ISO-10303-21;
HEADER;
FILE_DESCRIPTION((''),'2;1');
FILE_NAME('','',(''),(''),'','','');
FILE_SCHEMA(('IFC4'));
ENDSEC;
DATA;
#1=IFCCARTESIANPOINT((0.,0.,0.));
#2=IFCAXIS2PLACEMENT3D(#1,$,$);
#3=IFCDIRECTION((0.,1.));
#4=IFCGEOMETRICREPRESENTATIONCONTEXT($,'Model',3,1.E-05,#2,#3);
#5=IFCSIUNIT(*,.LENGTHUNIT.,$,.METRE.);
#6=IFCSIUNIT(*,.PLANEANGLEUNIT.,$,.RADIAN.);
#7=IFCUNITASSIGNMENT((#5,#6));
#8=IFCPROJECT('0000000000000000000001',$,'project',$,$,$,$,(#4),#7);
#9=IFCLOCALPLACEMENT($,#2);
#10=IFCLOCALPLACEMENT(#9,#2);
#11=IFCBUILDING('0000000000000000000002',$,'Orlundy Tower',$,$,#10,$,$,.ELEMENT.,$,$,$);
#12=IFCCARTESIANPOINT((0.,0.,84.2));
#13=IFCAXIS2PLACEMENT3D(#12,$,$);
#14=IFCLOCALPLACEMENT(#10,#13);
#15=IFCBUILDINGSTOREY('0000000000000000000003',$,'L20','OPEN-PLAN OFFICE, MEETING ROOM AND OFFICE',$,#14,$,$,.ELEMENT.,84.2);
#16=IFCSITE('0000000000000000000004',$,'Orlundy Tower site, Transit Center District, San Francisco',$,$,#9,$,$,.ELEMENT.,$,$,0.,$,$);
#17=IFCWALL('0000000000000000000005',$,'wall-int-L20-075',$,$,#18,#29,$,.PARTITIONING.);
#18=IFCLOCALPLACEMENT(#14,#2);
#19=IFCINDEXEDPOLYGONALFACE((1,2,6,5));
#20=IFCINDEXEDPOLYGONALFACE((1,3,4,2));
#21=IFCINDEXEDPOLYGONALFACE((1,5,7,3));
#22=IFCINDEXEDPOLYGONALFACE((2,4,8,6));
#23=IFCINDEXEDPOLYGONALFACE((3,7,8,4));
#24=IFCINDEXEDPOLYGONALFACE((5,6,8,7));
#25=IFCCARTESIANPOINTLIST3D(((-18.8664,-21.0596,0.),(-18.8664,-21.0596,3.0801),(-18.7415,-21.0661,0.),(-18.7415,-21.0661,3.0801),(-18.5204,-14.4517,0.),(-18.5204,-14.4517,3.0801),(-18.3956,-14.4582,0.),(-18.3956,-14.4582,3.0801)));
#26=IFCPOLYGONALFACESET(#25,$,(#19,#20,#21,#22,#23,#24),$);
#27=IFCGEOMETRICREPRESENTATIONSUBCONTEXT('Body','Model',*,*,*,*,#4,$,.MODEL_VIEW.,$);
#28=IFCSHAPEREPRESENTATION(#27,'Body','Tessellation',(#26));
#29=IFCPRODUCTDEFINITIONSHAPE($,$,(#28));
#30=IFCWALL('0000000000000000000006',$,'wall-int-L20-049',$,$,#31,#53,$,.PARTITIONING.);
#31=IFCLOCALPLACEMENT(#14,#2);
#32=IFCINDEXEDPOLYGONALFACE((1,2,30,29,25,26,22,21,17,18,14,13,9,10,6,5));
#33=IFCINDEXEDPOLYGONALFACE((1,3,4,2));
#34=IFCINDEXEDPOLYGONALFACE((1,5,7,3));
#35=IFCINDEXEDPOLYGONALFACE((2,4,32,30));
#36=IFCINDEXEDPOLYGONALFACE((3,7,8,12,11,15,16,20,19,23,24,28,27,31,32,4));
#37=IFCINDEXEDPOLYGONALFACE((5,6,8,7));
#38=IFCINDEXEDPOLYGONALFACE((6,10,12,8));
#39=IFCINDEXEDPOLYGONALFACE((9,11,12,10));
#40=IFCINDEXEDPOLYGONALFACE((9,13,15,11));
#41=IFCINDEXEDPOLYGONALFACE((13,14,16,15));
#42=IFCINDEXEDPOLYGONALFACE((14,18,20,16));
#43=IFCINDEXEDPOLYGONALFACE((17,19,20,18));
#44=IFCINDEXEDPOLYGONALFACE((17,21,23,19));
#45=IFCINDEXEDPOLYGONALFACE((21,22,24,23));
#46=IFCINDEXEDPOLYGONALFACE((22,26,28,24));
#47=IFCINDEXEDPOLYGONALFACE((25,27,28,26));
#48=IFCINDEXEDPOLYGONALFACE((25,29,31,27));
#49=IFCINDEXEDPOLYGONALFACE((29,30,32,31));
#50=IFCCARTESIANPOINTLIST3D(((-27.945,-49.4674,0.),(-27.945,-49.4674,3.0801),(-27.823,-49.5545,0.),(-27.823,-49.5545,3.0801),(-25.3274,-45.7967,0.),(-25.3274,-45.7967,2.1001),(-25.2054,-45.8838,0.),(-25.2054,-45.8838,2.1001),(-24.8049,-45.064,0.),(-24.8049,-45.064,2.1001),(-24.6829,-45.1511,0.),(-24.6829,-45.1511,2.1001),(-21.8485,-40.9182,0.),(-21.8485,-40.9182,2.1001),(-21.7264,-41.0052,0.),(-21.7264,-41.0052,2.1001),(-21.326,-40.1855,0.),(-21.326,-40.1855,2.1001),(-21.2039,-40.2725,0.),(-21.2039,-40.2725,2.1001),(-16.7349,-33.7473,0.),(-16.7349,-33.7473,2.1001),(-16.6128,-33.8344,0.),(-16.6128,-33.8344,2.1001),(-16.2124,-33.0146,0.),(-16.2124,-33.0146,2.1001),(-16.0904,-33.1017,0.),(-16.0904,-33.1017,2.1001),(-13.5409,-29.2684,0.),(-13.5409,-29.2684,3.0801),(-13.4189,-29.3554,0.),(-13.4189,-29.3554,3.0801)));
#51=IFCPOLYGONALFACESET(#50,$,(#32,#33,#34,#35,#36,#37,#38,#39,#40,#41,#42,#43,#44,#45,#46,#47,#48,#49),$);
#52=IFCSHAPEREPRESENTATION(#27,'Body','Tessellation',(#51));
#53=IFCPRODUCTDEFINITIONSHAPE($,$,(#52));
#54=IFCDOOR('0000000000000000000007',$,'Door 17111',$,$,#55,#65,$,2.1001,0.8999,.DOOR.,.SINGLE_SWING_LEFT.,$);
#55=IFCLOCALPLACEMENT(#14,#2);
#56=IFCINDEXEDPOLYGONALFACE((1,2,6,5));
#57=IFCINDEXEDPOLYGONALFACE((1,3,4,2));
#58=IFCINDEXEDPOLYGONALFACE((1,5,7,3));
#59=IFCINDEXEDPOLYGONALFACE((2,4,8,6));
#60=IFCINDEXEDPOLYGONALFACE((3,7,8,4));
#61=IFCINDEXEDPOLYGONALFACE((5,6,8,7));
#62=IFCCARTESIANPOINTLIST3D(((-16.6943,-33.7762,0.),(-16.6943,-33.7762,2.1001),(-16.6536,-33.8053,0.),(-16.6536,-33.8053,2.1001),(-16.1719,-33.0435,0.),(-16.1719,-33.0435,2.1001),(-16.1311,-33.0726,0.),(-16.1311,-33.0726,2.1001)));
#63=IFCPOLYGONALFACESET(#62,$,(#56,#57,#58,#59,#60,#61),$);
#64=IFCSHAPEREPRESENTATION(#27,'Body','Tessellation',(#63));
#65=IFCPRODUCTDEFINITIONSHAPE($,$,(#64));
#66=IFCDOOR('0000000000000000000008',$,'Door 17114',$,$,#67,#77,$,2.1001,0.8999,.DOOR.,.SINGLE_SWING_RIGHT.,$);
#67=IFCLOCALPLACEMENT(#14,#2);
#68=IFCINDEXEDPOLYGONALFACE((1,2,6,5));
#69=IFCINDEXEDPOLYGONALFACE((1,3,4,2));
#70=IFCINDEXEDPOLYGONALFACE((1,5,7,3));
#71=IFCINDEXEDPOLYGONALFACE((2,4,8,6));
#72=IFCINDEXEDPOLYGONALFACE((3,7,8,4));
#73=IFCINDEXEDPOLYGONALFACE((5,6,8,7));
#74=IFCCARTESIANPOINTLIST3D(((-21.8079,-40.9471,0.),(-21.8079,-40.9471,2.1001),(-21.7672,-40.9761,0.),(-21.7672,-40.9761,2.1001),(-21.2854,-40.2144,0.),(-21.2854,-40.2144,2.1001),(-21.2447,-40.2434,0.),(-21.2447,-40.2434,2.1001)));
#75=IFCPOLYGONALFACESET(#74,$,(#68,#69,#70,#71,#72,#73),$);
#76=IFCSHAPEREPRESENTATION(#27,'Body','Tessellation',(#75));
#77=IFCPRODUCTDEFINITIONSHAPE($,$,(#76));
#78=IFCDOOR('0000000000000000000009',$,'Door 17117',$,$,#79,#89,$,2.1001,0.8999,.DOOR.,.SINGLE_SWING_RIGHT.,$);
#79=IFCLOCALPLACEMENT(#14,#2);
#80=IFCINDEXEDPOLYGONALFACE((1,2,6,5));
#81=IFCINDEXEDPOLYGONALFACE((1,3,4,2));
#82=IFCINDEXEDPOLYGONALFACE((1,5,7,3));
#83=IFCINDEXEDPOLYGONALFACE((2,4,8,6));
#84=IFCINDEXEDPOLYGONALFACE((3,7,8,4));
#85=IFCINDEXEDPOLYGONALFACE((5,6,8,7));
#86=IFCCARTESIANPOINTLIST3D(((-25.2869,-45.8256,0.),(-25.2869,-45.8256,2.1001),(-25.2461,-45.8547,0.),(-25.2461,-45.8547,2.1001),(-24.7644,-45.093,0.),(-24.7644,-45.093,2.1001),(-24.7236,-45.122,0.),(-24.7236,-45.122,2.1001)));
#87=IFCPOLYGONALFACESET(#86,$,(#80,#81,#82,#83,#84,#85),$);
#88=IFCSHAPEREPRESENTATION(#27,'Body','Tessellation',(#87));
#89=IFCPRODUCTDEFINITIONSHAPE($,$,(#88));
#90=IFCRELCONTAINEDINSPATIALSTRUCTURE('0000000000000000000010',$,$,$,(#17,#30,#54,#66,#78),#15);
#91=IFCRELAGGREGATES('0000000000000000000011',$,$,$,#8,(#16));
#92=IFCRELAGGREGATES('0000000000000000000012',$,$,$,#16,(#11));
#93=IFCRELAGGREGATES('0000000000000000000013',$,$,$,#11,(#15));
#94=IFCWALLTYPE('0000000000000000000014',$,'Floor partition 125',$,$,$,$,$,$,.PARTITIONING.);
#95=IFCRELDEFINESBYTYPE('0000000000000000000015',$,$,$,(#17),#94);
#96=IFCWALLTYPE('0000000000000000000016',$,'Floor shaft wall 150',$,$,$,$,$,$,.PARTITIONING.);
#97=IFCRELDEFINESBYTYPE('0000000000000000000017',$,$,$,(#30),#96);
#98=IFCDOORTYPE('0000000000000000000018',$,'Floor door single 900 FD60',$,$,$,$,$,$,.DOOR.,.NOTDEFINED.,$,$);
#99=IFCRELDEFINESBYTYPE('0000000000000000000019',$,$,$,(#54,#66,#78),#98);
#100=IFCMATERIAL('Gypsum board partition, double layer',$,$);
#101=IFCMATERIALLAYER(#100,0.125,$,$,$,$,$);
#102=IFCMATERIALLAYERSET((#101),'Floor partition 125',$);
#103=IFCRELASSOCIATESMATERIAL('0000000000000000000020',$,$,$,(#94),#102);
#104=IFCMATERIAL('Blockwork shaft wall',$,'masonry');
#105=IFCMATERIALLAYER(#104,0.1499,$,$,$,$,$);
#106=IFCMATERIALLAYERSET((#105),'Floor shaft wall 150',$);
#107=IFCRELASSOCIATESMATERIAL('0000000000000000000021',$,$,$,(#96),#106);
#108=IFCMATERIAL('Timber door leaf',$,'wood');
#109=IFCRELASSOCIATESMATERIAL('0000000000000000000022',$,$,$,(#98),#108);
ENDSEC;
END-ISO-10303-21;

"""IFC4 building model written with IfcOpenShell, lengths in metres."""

from ifc_helpers import new_model, si_unit, direction, frame, frame_2d, origin, place, context, subcontext, project, spatial, rectangle, extrude, material, layer, layer_set, type_object, element, fill, save


model = new_model("IFC4")

# Units and contexts
model_context = context("Model", 3, precision=1e-05, world=origin(), true_north=direction((0.0, 1.0)))
body_context = subcontext(model_context, "Body", "Model", "MODEL_VIEW")
ifc_project = project(units=[si_unit("LENGTHUNIT", "METRE"), si_unit("PLANEANGLEUNIT", "RADIAN")], contexts=[model_context])

# Site, building, storey
site_placement = place(None, origin())
site = spatial("IfcSite", under=ifc_project, at=site_placement, Name="Orlundy Tower site, Transit Center District, San Francisco", CompositionType="ELEMENT", RefElevation=0.0)
building_placement = place(site_placement, origin())
building = spatial("IfcBuilding", under=site, at=building_placement, Name="Orlundy Tower", CompositionType="ELEMENT")
storey_placement = place(building_placement, frame((0.0, 0.0, 84.2)))
storey = spatial("IfcBuildingStorey", under=building, at=storey_placement, Name="L20", Description="OPEN-PLAN OFFICE, MEETING ROOM AND OFFICE", CompositionType="ELEMENT", Elevation=84.2)

# Shared definitions
ifc_material_1 = material(Name="Gypsum board partition, double layer")
ifc_layer_1 = layer(ifc_material_1, 0.125)
ifc_layer_set_1 = layer_set([ifc_layer_1], Name="Floor partition 125")
wall_type_1 = type_object("IfcWallType", Name="Floor partition 125", PredefinedType="PARTITIONING", material=ifc_layer_set_1)

# Wall
wall_1_placement = place(storey_placement, frame((-18.804, -21.063, 0.0), z_axis=(0.0, 0.0, 1.0), x_axis=(0.052282, 0.998632, 0.0)))
element("IfcWall", 1, at=wall_1_placement, inside=storey, type_object=wall_type_1, Name="wall-int-L20-075", PredefinedType="PARTITIONING", context=body_context, shape_type="SweptSolid", body=[
    extrude(rectangle(XDim=6.6169, YDim=0.125, at=frame_2d((3.3086, 0.0))), origin(), (0.0, 0.0, 1.0), 3.0801),
])

# Wall, openings, doors
ifc_material_2 = material(Name="Blockwork shaft wall", Category="masonry")
ifc_layer_2 = layer(ifc_material_2, 0.1499)
ifc_layer_set_2 = layer_set([ifc_layer_2], Name="Floor shaft wall 150")
wall_type_2 = type_object("IfcWallType", Name="Floor shaft wall 150", PredefinedType="PARTITIONING", material=ifc_layer_set_2)
wall_2_placement = place(storey_placement, frame((-13.48, -29.312, 0.0), z_axis=(0.0, 0.0, 1.0), x_axis=(-0.580603, -0.814187, 0.0)))
wall_2 = element("IfcWall", 2, at=wall_2_placement, inside=storey, type_object=wall_type_2, Name="wall-int-L20-049", PredefinedType="PARTITIONING", context=body_context, shape_type="SweptSolid", body=[
    extrude(rectangle(XDim=24.8088, YDim=0.1499, at=frame_2d((12.4043, 0.0))), origin(), (0.0, 0.0, 1.0), 3.0801),
])
opening_1_placement = place(wall_2_placement, frame((4.6011, 0.0, 0.0)))
opening_1 = element("IfcOpeningElement", 3, at=opening_1_placement, cuts=wall_2, PredefinedType="OPENING", context=body_context, shape_type="SweptSolid", body=[
    extrude(rectangle(XDim=0.8999, YDim=2.1001, at=frame_2d((0.45, 1.05))), frame((0.0, 0.085, 0.0), z_axis=(0.0, -1.0, 0.0), x_axis=(1.0, 0.0, 0.0)), (0.0, 0.0, 1.0), 0.1699),
])
opening_2_placement = place(wall_2_placement, frame((13.4084, 0.0, 0.0)))
opening_2 = element("IfcOpeningElement", 4, at=opening_2_placement, cuts=wall_2, PredefinedType="OPENING", context=body_context, shape_type="SweptSolid", body=[
    extrude(rectangle(XDim=0.8999, YDim=2.1001, at=frame_2d((0.45, 1.05))), frame((0.0, 0.085, 0.0), z_axis=(0.0, -1.0, 0.0), x_axis=(1.0, 0.0, 0.0)), (0.0, 0.0, 1.0), 0.1699),
])
opening_3_placement = place(wall_2_placement, frame((19.4004, 0.0, 0.0)))
opening_3 = element("IfcOpeningElement", 5, at=opening_3_placement, cuts=wall_2, PredefinedType="OPENING", context=body_context, shape_type="SweptSolid", body=[
    extrude(rectangle(XDim=0.8999, YDim=2.1001, at=frame_2d((0.45, 1.05))), frame((0.0, 0.085, 0.0), z_axis=(0.0, -1.0, 0.0), x_axis=(1.0, 0.0, 0.0)), (0.0, 0.0, 1.0), 0.1699),
])
ifc_material_3 = material(Name="Timber door leaf", Category="wood")
door_type_1 = type_object("IfcDoorType", Name="Floor door single 900 FD60", OperationType="NOTDEFINED", PredefinedType="DOOR", material=ifc_material_3)
door_1_placement = place(opening_1_placement, origin())
door_1 = element("IfcDoor", 6, at=door_1_placement, inside=storey, type_object=door_type_1, Name="Door 17111", OperationType="SINGLE_SWING_LEFT", OverallHeight=2.1001, OverallWidth=0.8999, PredefinedType="DOOR", context=body_context, shape_type="SweptSolid", body=[
    extrude(rectangle(XDim=0.8999, YDim=2.1001, at=frame_2d((0.45, 1.05))), frame((0.0, 0.0249, 0.0), z_axis=(0.0, -1.0, 0.0), x_axis=(1.0, 0.0, 0.0)), (0.0, 0.0, 1.0), 0.05),
])
fill(opening_1, door_1)
door_2_placement = place(opening_2_placement, origin())
door_2 = element("IfcDoor", 7, at=door_2_placement, inside=storey, type_object=door_type_1, Name="Door 17114", OperationType="SINGLE_SWING_RIGHT", OverallHeight=2.1001, OverallWidth=0.8999, PredefinedType="DOOR", context=body_context, shape_type="SweptSolid", body=[
    extrude(rectangle(XDim=0.8999, YDim=2.1001, at=frame_2d((0.45, 1.05))), frame((0.0, 0.0249, 0.0), z_axis=(0.0, -1.0, 0.0), x_axis=(1.0, 0.0, 0.0)), (0.0, 0.0, 1.0), 0.05),
])
fill(opening_2, door_2)
door_3_placement = place(opening_3_placement, origin())
door_3 = element("IfcDoor", 8, at=door_3_placement, inside=storey, type_object=door_type_1, Name="Door 17117", OperationType="SINGLE_SWING_RIGHT", OverallHeight=2.1001, OverallWidth=0.8999, PredefinedType="DOOR", context=body_context, shape_type="SweptSolid", body=[
    extrude(rectangle(XDim=0.8999, YDim=2.1001, at=frame_2d((0.45, 1.05))), frame((0.0, 0.0249, 0.0), z_axis=(0.0, -1.0, 0.0), x_axis=(1.0, 0.0, 0.0)), (0.0, 0.0, 1.0), 0.05),
])
fill(opening_3, door_3)

save(model, "model.ifc")
